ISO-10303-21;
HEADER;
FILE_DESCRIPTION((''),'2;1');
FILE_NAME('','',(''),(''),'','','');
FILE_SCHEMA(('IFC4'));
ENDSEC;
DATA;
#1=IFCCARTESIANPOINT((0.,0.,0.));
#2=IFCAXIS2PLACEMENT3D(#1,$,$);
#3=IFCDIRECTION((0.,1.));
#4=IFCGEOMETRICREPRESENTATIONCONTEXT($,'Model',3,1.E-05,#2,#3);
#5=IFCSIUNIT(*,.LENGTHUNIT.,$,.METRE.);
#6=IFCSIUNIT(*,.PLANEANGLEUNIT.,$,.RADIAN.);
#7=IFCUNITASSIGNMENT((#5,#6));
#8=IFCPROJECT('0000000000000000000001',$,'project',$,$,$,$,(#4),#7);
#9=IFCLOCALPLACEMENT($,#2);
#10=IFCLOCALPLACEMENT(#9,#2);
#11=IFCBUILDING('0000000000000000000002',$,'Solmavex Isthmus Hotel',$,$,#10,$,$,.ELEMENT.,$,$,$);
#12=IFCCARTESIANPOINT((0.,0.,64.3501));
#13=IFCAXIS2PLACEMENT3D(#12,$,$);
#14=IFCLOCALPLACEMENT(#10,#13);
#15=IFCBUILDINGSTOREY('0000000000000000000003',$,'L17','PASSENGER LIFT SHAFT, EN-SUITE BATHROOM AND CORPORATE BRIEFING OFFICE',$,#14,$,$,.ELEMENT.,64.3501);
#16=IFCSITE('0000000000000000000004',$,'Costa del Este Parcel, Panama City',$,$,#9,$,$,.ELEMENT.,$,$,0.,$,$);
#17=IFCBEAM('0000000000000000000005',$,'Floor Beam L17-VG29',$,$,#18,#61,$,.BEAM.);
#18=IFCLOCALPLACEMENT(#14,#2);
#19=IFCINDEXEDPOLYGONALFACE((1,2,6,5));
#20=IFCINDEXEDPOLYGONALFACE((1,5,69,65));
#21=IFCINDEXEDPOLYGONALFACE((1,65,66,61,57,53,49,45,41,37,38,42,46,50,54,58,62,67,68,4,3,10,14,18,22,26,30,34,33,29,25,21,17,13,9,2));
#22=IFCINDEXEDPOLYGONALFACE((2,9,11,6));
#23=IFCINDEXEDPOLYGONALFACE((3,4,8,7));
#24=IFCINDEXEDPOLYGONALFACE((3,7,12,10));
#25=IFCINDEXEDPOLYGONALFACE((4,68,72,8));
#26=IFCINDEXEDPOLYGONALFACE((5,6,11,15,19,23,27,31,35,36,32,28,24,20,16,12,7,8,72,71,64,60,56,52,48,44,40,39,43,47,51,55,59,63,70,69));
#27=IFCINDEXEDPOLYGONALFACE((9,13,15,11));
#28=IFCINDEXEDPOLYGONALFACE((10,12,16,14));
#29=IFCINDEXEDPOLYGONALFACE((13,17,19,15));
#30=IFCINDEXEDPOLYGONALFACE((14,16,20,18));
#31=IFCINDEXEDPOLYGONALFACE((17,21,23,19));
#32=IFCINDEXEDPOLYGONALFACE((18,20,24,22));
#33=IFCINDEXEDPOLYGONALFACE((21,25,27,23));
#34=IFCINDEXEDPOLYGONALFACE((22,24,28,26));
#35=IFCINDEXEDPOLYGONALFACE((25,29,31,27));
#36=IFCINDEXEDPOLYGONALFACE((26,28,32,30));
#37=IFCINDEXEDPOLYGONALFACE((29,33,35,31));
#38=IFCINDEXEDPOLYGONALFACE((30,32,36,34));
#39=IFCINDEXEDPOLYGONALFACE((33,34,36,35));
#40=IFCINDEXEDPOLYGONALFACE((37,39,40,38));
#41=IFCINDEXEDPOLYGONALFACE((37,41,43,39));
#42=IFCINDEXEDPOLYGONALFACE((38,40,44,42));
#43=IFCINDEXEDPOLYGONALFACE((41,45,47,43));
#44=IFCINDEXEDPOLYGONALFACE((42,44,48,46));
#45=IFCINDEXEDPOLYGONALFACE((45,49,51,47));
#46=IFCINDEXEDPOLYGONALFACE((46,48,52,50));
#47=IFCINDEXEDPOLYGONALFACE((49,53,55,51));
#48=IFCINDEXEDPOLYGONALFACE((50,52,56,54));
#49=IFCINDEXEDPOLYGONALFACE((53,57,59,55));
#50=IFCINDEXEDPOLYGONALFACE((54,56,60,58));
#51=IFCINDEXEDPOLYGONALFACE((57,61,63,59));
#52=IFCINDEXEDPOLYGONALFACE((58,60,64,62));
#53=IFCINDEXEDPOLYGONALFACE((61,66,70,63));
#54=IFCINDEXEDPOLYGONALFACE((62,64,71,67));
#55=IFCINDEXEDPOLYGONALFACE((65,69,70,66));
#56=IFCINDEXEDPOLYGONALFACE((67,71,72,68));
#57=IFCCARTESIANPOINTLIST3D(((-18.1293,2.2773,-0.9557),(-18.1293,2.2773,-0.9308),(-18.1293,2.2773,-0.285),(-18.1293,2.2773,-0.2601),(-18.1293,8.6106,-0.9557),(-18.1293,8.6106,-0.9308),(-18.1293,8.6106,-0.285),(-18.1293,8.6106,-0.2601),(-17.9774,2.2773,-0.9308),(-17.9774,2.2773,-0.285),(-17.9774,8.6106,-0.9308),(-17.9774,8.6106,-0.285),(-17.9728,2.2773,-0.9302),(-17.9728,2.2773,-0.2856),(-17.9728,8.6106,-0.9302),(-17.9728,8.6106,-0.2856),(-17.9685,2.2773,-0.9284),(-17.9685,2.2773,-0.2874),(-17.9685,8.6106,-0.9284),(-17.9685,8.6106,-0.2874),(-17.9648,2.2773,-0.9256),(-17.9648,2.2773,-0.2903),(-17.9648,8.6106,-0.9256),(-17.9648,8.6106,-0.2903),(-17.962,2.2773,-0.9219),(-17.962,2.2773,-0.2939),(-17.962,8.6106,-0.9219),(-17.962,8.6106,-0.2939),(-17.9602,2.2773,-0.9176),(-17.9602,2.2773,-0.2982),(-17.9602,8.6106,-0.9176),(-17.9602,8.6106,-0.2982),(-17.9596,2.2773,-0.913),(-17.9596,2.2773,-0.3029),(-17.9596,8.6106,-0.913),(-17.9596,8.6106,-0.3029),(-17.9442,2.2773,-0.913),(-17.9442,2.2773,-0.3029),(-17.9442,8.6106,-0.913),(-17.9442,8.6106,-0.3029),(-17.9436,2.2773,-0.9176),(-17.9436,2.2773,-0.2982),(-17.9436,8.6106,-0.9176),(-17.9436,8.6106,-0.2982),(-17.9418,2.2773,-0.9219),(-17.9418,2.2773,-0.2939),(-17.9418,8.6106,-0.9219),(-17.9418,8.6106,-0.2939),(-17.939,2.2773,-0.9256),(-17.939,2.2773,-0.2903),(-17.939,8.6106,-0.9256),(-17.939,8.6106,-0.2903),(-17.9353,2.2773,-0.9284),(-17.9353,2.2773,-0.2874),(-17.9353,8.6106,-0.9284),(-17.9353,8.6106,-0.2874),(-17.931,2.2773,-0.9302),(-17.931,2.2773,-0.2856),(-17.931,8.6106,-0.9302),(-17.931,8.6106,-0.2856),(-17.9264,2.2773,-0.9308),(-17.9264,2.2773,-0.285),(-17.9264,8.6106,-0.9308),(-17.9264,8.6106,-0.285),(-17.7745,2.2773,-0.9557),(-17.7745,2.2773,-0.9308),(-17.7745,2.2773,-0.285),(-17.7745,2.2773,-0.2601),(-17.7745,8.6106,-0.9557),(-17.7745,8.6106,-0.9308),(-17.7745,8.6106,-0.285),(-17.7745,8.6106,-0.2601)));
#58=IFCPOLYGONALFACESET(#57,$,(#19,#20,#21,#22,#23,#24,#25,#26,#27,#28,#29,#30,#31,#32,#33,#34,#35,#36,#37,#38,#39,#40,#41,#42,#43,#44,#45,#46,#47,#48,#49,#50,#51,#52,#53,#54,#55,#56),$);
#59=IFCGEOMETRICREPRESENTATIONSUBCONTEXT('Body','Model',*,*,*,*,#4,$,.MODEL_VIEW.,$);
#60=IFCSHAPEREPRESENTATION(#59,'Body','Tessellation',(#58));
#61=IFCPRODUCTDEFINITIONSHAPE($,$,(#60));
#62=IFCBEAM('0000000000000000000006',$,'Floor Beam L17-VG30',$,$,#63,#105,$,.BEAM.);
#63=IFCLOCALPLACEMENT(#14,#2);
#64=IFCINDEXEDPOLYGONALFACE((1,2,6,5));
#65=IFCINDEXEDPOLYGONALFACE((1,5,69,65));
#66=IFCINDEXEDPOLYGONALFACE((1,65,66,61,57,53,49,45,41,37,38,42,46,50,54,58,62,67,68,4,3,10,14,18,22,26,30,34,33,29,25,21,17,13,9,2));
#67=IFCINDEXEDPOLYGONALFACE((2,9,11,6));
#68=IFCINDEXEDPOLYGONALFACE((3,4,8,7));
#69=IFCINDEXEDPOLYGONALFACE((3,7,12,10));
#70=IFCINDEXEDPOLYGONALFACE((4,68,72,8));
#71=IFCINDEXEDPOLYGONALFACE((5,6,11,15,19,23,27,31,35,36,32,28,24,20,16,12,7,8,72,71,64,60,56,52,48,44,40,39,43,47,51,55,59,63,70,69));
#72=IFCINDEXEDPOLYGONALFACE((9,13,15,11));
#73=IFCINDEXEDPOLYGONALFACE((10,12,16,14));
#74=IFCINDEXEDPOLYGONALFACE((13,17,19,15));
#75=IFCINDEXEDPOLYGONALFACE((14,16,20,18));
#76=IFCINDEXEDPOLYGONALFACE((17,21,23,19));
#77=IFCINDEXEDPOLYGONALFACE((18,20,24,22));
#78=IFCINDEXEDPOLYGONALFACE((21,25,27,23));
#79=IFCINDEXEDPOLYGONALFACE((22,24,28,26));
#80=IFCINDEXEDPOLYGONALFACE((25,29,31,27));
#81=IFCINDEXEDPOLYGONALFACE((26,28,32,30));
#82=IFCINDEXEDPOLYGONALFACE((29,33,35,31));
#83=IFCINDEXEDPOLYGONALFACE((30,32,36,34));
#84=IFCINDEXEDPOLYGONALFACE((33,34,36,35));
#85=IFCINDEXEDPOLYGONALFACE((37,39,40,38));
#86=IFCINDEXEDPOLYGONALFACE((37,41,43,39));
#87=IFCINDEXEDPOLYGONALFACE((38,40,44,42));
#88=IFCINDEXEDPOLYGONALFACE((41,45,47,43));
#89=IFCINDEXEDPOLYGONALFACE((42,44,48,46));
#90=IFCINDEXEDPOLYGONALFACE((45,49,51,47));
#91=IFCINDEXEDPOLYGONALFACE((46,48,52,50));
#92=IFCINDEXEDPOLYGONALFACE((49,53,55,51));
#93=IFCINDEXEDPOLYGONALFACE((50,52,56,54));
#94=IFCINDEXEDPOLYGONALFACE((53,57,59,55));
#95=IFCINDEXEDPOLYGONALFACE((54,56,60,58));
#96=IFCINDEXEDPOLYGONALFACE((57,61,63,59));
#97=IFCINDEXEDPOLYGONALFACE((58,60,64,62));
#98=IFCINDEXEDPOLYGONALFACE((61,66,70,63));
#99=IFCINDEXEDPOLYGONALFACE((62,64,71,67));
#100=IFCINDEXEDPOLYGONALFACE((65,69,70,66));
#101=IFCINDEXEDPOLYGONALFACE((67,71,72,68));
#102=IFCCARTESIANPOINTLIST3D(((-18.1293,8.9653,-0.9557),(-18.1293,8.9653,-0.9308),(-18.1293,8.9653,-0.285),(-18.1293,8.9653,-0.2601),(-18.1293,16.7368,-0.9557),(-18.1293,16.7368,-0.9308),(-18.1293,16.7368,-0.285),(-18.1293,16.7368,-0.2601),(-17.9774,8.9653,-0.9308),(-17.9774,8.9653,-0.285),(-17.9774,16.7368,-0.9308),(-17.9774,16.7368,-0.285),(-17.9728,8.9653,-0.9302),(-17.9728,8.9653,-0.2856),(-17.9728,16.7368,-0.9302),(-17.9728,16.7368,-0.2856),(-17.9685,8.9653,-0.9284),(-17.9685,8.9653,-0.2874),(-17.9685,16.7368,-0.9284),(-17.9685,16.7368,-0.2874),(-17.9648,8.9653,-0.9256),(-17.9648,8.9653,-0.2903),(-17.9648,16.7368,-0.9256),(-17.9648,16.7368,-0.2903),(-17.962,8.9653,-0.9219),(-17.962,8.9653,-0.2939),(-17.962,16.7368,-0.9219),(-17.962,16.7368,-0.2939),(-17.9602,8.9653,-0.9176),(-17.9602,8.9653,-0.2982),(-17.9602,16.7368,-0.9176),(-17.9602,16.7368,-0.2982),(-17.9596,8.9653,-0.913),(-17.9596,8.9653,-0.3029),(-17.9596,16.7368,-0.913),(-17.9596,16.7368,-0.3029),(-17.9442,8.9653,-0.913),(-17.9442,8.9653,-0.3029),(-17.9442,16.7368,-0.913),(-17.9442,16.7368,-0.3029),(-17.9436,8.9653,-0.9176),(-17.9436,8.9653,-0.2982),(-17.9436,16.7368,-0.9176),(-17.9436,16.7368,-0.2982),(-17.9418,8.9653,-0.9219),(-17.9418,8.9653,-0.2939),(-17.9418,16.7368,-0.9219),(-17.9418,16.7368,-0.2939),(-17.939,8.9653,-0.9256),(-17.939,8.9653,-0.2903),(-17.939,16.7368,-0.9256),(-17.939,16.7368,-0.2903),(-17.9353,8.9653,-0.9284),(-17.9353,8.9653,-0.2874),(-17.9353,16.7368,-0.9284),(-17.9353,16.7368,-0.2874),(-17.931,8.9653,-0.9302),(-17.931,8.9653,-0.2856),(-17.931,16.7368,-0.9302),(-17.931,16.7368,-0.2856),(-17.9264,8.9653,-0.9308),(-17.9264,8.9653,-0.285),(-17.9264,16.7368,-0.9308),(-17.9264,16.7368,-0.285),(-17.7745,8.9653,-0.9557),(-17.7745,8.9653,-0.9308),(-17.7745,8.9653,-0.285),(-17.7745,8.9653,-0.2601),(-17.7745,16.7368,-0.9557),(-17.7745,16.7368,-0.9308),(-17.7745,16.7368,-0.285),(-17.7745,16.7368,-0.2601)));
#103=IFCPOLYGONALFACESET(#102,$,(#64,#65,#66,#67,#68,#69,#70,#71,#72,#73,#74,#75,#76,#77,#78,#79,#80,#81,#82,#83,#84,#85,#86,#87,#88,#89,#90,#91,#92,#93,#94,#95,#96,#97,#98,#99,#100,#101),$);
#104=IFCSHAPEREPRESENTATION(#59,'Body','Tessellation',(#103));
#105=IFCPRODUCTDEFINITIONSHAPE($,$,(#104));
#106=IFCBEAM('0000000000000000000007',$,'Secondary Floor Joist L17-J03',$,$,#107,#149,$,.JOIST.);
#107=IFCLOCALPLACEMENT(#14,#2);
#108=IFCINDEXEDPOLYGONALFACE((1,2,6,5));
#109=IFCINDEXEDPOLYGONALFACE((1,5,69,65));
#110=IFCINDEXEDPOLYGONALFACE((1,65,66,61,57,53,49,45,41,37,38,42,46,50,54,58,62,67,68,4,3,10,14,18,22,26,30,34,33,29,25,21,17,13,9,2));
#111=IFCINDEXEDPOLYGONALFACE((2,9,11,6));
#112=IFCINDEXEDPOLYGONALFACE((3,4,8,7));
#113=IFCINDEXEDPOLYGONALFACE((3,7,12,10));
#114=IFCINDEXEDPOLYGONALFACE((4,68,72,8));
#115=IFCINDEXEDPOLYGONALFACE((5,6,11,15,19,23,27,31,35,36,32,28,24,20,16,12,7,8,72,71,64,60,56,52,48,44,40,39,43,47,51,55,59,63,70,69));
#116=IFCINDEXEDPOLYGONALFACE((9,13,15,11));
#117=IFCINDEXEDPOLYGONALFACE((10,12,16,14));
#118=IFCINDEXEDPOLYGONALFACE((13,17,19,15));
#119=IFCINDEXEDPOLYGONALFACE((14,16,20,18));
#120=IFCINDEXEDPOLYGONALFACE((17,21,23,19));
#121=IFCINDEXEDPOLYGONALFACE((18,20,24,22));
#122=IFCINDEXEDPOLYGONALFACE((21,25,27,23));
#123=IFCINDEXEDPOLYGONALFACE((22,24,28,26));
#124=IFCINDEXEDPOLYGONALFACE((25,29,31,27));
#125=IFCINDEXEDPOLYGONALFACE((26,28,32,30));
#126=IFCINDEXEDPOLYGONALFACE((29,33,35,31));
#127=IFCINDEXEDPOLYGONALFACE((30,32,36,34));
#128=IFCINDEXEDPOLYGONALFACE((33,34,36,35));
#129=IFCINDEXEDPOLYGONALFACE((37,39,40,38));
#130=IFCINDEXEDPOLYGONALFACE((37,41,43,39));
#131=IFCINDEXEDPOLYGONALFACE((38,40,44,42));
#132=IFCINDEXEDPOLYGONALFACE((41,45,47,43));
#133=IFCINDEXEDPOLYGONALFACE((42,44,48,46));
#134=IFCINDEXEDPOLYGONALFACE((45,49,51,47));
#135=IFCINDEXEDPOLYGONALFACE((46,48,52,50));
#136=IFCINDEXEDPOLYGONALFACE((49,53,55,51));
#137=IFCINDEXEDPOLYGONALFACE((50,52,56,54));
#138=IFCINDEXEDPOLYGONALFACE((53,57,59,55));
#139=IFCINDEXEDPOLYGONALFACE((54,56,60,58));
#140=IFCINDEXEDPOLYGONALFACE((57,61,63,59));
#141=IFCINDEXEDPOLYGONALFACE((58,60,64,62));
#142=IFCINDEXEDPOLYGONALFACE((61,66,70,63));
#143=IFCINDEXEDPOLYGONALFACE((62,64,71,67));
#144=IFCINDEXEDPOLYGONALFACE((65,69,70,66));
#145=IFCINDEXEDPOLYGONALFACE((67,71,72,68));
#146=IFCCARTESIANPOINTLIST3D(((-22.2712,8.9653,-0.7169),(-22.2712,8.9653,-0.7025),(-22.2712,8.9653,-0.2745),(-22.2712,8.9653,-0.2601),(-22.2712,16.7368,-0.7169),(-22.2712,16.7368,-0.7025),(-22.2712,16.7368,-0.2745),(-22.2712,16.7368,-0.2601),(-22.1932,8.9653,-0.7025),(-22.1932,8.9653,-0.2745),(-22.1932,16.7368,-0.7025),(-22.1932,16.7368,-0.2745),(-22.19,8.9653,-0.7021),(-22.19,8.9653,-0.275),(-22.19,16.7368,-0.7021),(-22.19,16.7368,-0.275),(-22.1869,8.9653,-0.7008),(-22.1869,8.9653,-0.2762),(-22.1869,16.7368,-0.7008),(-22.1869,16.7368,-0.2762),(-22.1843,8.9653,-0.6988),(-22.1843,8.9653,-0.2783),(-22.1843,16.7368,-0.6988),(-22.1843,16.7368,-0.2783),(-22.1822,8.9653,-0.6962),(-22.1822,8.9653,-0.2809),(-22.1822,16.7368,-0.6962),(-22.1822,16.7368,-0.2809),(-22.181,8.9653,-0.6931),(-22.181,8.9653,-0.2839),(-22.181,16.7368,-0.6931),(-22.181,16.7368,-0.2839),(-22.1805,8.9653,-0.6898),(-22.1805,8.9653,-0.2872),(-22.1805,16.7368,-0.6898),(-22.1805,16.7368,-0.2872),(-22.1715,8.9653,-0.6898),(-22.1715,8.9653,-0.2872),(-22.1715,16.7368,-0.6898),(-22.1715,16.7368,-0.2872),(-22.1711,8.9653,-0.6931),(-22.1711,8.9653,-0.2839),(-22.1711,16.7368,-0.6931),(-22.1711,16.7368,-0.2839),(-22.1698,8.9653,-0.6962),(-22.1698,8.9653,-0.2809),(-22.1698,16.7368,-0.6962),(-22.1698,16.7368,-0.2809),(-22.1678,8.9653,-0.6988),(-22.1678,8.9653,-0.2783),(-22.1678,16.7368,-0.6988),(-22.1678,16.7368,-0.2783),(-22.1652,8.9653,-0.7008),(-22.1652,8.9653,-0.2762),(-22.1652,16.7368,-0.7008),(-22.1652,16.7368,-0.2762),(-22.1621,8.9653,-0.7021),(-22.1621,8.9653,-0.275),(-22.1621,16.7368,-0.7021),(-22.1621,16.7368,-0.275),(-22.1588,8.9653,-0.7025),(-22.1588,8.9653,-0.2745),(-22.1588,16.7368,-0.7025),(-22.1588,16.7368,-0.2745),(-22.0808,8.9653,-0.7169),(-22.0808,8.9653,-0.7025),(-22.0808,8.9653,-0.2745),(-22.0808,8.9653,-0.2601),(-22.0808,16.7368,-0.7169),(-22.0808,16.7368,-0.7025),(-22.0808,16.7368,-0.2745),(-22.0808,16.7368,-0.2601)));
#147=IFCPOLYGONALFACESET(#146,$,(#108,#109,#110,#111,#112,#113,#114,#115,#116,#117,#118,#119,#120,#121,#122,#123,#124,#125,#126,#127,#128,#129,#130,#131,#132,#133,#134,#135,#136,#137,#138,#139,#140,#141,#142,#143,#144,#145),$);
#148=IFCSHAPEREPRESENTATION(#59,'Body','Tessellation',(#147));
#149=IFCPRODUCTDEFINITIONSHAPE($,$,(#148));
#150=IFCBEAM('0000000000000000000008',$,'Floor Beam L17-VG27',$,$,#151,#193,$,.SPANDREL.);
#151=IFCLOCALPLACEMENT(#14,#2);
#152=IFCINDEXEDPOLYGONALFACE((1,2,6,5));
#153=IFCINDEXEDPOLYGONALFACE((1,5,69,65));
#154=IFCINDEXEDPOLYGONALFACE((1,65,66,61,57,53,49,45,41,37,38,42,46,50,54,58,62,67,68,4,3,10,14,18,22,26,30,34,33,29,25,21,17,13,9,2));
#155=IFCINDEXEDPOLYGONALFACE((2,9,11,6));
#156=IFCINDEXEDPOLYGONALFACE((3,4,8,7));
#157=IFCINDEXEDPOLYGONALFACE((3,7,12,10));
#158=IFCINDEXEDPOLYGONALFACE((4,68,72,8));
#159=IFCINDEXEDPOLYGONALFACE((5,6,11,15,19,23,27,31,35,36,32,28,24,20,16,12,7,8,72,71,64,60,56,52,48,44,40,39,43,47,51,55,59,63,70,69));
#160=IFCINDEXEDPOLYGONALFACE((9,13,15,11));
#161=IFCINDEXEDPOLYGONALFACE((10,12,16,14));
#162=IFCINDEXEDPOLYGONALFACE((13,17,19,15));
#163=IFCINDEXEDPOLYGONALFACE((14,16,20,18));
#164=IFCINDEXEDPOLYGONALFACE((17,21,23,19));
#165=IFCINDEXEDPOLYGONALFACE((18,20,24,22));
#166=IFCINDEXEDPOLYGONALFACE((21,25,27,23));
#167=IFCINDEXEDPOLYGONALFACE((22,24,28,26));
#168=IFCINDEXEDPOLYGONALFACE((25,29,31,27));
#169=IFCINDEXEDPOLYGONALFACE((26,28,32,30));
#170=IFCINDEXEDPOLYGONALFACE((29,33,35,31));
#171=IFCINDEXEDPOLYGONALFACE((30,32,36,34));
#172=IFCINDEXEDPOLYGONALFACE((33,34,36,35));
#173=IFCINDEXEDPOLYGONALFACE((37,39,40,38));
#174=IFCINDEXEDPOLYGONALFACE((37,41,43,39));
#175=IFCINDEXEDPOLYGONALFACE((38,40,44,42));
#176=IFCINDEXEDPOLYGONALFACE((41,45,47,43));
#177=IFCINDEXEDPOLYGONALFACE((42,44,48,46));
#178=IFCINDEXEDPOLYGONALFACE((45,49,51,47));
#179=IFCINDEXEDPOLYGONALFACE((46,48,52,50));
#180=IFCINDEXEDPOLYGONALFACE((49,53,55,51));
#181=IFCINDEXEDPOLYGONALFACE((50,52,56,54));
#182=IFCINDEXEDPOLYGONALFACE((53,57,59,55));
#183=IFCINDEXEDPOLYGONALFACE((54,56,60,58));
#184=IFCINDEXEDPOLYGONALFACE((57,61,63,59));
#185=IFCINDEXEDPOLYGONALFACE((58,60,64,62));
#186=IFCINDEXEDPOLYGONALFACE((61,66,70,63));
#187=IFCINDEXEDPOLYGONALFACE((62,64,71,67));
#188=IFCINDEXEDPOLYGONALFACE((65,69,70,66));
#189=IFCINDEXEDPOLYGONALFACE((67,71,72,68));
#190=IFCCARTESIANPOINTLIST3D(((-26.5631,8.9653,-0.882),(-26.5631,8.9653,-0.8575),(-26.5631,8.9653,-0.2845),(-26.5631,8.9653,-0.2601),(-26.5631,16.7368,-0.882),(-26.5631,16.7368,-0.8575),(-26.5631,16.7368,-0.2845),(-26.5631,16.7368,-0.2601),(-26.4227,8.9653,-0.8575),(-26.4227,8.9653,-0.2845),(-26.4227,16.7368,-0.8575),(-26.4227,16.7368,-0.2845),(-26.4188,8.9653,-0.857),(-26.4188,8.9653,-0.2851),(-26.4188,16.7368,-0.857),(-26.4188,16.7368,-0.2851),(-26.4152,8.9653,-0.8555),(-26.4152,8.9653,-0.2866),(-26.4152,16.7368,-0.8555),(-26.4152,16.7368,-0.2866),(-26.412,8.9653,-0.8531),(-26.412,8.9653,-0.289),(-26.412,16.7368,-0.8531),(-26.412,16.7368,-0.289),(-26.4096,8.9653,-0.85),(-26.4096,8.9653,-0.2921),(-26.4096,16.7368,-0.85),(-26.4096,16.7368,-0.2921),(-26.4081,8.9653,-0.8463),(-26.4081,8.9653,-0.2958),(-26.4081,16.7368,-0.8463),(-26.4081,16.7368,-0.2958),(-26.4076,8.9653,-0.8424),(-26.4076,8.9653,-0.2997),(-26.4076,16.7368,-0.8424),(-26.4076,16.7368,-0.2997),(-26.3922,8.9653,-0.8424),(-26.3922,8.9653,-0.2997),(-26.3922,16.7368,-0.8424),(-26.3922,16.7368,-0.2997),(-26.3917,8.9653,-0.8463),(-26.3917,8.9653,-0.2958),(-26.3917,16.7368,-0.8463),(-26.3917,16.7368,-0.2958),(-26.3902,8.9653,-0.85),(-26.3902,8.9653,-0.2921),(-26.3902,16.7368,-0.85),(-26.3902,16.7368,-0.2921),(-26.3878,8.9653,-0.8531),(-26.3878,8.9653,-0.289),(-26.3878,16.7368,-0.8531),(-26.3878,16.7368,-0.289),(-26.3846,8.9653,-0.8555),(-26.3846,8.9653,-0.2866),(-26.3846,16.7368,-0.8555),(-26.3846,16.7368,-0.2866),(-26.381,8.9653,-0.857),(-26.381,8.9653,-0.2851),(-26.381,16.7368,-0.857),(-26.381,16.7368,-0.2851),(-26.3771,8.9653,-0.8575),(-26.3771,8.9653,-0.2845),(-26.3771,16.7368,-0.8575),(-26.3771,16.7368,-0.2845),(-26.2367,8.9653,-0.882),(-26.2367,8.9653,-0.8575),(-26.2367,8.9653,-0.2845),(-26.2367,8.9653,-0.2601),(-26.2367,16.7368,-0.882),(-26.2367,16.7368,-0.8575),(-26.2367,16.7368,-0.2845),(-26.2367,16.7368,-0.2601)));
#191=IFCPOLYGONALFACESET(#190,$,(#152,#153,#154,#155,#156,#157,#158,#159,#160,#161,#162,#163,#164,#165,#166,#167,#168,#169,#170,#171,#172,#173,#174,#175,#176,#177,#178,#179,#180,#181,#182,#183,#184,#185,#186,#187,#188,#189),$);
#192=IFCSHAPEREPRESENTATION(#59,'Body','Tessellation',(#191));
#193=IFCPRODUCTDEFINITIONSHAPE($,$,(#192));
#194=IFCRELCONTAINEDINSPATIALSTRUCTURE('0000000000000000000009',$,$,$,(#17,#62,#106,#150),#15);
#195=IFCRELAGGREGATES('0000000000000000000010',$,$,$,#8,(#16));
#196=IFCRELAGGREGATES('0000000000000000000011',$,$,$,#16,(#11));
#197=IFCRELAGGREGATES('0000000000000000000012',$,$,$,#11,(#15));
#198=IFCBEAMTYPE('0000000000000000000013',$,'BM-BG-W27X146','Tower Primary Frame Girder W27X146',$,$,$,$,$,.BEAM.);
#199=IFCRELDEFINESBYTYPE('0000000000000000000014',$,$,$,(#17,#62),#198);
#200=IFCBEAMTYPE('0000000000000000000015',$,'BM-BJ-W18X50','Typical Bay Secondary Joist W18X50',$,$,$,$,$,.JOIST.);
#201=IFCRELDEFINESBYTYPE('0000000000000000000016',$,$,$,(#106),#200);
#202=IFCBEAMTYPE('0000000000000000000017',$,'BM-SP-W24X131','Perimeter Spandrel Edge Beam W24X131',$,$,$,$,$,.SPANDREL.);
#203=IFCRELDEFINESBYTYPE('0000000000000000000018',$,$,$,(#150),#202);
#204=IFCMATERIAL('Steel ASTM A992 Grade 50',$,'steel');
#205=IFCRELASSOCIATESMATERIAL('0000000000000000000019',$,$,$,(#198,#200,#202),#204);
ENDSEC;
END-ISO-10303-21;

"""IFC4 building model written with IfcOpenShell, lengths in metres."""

from ifc_helpers import new_model, si_unit, direction, frame, origin, origin_2d, place, context, subcontext, project, spatial, i_section, extrude, material, material_profile, profile_set, type_object, element, save


model = new_model("IFC4")

# Units and contexts
model_context = context("Model", 3, precision=1e-05, world=origin(), true_north=direction((0.0, 1.0)))
body_context = subcontext(model_context, "Body", "Model", "MODEL_VIEW")
ifc_project = project(units=[si_unit("LENGTHUNIT", "METRE"), si_unit("PLANEANGLEUNIT", "RADIAN")], contexts=[model_context])

# Site, building, storey
site_placement = place(None, origin())
site = spatial("IfcSite", under=ifc_project, at=site_placement, Name="Costa del Este Parcel, Panama City", CompositionType="ELEMENT", RefElevation=0.0)
building_placement = place(site_placement, origin())
building = spatial("IfcBuilding", under=site, at=building_placement, Name="Solmavex Isthmus Hotel", CompositionType="ELEMENT")
storey_placement = place(building_placement, frame((0.0, 0.0, 64.3501)))
storey = spatial("IfcBuildingStorey", under=building, at=storey_placement, Name="L17", Description="PASSENGER LIFT SHAFT, EN-SUITE BATHROOM AND CORPORATE BRIEFING OFFICE", CompositionType="ELEMENT", Elevation=64.3501)

# Beams
ifc_material_1 = material(Name="Steel ASTM A992 Grade 50", Category="steel")
ifc_material_profile_1 = material_profile(ifc_material_1, i_section(OverallWidth=0.3547, OverallDepth=0.6956, WebThickness=0.0154, FlangeThickness=0.0249, FilletRadius=0.0178, at=origin_2d()), Name="W27X146")
ifc_profile_set_1 = profile_set([ifc_material_profile_1], Name="Steel ASTM A992 Grade 50")
beam_type_1 = type_object("IfcBeamType", Name="BM-BG-W27X146", Description="Tower Primary Frame Girder W27X146", PredefinedType="BEAM", material=ifc_profile_set_1)
beam_1_placement = place(storey_placement, frame((-17.9519, 2.2773, -0.6079), z_axis=(0.0, 1.0, 0.0), x_axis=(-1.0, 0.0, 0.0)))
element("IfcBeam", 1, at=beam_1_placement, inside=storey, type_object=beam_type_1, Name="Floor Beam L17-VG29", PredefinedType="BEAM", context=body_context, shape_type="SweptSolid", body=[
    extrude(i_section(OverallWidth=0.3547, OverallDepth=0.6956, WebThickness=0.0154, FlangeThickness=0.0249, FilletRadius=0.0178, at=origin_2d()), origin(), (0.0, 0.0, 1.0), 6.3333),
])
beam_2_placement = place(storey_placement, frame((-17.9519, 8.9653, -0.6079), z_axis=(0.0, 1.0, 0.0), x_axis=(-1.0, 0.0, 0.0)))
element("IfcBeam", 2, at=beam_2_placement, inside=storey, type_object=beam_type_1, Name="Floor Beam L17-VG30", PredefinedType="BEAM", context=body_context, shape_type="SweptSolid", body=[
    extrude(i_section(OverallWidth=0.3547, OverallDepth=0.6956, WebThickness=0.0154, FlangeThickness=0.0249, FilletRadius=0.0178, at=origin_2d()), origin(), (0.0, 0.0, 1.0), 7.7715),
])
ifc_material_profile_2 = material_profile(ifc_material_1, i_section(OverallWidth=0.1904, OverallDepth=0.4568, WebThickness=0.009, FlangeThickness=0.0144, FilletRadius=0.0127, at=origin_2d()), Name="W18X50")
ifc_profile_set_2 = profile_set([ifc_material_profile_2], Name="Steel ASTM A992 Grade 50")
beam_type_2 = type_object("IfcBeamType", Name="BM-BJ-W18X50", Description="Typical Bay Secondary Joist W18X50", PredefinedType="JOIST", material=ifc_profile_set_2)
beam_3_placement = place(storey_placement, frame((-22.176, 8.9653, -0.4885), z_axis=(0.0, 1.0, 0.0), x_axis=(-1.0, 0.0, 0.0)))
element("IfcBeam", 3, at=beam_3_placement, inside=storey, type_object=beam_type_2, Name="Secondary Floor Joist L17-J03", PredefinedType="JOIST", context=body_context, shape_type="SweptSolid", body=[
    extrude(i_section(OverallWidth=0.1904, OverallDepth=0.4568, WebThickness=0.009, FlangeThickness=0.0144, FilletRadius=0.0127, at=origin_2d()), origin(), (0.0, 0.0, 1.0), 7.7715),
])
ifc_material_profile_3 = material_profile(ifc_material_1, i_section(OverallWidth=0.3264, OverallDepth=0.6218, WebThickness=0.0154, FlangeThickness=0.0244, FilletRadius=0.0151, at=origin_2d()), Name="W24X131")
ifc_profile_set_3 = profile_set([ifc_material_profile_3], Name="Steel ASTM A992 Grade 50")
beam_type_3 = type_object("IfcBeamType", Name="BM-SP-W24X131", Description="Perimeter Spandrel Edge Beam W24X131", PredefinedType="SPANDREL", material=ifc_profile_set_3)
beam_4_placement = place(storey_placement, frame((-26.3999, 8.9653, -0.571), z_axis=(0.0, 1.0, 0.0), x_axis=(-1.0, 0.0, 0.0)))
element("IfcBeam", 4, at=beam_4_placement, inside=storey, type_object=beam_type_3, Name="Floor Beam L17-VG27", PredefinedType="SPANDREL", context=body_context, shape_type="SweptSolid", body=[
    extrude(i_section(OverallWidth=0.3264, OverallDepth=0.6218, WebThickness=0.0154, FlangeThickness=0.0244, FilletRadius=0.0151, at=origin_2d()), origin(), (0.0, 0.0, 1.0), 7.7715),
])

save(model, "model.ifc")
